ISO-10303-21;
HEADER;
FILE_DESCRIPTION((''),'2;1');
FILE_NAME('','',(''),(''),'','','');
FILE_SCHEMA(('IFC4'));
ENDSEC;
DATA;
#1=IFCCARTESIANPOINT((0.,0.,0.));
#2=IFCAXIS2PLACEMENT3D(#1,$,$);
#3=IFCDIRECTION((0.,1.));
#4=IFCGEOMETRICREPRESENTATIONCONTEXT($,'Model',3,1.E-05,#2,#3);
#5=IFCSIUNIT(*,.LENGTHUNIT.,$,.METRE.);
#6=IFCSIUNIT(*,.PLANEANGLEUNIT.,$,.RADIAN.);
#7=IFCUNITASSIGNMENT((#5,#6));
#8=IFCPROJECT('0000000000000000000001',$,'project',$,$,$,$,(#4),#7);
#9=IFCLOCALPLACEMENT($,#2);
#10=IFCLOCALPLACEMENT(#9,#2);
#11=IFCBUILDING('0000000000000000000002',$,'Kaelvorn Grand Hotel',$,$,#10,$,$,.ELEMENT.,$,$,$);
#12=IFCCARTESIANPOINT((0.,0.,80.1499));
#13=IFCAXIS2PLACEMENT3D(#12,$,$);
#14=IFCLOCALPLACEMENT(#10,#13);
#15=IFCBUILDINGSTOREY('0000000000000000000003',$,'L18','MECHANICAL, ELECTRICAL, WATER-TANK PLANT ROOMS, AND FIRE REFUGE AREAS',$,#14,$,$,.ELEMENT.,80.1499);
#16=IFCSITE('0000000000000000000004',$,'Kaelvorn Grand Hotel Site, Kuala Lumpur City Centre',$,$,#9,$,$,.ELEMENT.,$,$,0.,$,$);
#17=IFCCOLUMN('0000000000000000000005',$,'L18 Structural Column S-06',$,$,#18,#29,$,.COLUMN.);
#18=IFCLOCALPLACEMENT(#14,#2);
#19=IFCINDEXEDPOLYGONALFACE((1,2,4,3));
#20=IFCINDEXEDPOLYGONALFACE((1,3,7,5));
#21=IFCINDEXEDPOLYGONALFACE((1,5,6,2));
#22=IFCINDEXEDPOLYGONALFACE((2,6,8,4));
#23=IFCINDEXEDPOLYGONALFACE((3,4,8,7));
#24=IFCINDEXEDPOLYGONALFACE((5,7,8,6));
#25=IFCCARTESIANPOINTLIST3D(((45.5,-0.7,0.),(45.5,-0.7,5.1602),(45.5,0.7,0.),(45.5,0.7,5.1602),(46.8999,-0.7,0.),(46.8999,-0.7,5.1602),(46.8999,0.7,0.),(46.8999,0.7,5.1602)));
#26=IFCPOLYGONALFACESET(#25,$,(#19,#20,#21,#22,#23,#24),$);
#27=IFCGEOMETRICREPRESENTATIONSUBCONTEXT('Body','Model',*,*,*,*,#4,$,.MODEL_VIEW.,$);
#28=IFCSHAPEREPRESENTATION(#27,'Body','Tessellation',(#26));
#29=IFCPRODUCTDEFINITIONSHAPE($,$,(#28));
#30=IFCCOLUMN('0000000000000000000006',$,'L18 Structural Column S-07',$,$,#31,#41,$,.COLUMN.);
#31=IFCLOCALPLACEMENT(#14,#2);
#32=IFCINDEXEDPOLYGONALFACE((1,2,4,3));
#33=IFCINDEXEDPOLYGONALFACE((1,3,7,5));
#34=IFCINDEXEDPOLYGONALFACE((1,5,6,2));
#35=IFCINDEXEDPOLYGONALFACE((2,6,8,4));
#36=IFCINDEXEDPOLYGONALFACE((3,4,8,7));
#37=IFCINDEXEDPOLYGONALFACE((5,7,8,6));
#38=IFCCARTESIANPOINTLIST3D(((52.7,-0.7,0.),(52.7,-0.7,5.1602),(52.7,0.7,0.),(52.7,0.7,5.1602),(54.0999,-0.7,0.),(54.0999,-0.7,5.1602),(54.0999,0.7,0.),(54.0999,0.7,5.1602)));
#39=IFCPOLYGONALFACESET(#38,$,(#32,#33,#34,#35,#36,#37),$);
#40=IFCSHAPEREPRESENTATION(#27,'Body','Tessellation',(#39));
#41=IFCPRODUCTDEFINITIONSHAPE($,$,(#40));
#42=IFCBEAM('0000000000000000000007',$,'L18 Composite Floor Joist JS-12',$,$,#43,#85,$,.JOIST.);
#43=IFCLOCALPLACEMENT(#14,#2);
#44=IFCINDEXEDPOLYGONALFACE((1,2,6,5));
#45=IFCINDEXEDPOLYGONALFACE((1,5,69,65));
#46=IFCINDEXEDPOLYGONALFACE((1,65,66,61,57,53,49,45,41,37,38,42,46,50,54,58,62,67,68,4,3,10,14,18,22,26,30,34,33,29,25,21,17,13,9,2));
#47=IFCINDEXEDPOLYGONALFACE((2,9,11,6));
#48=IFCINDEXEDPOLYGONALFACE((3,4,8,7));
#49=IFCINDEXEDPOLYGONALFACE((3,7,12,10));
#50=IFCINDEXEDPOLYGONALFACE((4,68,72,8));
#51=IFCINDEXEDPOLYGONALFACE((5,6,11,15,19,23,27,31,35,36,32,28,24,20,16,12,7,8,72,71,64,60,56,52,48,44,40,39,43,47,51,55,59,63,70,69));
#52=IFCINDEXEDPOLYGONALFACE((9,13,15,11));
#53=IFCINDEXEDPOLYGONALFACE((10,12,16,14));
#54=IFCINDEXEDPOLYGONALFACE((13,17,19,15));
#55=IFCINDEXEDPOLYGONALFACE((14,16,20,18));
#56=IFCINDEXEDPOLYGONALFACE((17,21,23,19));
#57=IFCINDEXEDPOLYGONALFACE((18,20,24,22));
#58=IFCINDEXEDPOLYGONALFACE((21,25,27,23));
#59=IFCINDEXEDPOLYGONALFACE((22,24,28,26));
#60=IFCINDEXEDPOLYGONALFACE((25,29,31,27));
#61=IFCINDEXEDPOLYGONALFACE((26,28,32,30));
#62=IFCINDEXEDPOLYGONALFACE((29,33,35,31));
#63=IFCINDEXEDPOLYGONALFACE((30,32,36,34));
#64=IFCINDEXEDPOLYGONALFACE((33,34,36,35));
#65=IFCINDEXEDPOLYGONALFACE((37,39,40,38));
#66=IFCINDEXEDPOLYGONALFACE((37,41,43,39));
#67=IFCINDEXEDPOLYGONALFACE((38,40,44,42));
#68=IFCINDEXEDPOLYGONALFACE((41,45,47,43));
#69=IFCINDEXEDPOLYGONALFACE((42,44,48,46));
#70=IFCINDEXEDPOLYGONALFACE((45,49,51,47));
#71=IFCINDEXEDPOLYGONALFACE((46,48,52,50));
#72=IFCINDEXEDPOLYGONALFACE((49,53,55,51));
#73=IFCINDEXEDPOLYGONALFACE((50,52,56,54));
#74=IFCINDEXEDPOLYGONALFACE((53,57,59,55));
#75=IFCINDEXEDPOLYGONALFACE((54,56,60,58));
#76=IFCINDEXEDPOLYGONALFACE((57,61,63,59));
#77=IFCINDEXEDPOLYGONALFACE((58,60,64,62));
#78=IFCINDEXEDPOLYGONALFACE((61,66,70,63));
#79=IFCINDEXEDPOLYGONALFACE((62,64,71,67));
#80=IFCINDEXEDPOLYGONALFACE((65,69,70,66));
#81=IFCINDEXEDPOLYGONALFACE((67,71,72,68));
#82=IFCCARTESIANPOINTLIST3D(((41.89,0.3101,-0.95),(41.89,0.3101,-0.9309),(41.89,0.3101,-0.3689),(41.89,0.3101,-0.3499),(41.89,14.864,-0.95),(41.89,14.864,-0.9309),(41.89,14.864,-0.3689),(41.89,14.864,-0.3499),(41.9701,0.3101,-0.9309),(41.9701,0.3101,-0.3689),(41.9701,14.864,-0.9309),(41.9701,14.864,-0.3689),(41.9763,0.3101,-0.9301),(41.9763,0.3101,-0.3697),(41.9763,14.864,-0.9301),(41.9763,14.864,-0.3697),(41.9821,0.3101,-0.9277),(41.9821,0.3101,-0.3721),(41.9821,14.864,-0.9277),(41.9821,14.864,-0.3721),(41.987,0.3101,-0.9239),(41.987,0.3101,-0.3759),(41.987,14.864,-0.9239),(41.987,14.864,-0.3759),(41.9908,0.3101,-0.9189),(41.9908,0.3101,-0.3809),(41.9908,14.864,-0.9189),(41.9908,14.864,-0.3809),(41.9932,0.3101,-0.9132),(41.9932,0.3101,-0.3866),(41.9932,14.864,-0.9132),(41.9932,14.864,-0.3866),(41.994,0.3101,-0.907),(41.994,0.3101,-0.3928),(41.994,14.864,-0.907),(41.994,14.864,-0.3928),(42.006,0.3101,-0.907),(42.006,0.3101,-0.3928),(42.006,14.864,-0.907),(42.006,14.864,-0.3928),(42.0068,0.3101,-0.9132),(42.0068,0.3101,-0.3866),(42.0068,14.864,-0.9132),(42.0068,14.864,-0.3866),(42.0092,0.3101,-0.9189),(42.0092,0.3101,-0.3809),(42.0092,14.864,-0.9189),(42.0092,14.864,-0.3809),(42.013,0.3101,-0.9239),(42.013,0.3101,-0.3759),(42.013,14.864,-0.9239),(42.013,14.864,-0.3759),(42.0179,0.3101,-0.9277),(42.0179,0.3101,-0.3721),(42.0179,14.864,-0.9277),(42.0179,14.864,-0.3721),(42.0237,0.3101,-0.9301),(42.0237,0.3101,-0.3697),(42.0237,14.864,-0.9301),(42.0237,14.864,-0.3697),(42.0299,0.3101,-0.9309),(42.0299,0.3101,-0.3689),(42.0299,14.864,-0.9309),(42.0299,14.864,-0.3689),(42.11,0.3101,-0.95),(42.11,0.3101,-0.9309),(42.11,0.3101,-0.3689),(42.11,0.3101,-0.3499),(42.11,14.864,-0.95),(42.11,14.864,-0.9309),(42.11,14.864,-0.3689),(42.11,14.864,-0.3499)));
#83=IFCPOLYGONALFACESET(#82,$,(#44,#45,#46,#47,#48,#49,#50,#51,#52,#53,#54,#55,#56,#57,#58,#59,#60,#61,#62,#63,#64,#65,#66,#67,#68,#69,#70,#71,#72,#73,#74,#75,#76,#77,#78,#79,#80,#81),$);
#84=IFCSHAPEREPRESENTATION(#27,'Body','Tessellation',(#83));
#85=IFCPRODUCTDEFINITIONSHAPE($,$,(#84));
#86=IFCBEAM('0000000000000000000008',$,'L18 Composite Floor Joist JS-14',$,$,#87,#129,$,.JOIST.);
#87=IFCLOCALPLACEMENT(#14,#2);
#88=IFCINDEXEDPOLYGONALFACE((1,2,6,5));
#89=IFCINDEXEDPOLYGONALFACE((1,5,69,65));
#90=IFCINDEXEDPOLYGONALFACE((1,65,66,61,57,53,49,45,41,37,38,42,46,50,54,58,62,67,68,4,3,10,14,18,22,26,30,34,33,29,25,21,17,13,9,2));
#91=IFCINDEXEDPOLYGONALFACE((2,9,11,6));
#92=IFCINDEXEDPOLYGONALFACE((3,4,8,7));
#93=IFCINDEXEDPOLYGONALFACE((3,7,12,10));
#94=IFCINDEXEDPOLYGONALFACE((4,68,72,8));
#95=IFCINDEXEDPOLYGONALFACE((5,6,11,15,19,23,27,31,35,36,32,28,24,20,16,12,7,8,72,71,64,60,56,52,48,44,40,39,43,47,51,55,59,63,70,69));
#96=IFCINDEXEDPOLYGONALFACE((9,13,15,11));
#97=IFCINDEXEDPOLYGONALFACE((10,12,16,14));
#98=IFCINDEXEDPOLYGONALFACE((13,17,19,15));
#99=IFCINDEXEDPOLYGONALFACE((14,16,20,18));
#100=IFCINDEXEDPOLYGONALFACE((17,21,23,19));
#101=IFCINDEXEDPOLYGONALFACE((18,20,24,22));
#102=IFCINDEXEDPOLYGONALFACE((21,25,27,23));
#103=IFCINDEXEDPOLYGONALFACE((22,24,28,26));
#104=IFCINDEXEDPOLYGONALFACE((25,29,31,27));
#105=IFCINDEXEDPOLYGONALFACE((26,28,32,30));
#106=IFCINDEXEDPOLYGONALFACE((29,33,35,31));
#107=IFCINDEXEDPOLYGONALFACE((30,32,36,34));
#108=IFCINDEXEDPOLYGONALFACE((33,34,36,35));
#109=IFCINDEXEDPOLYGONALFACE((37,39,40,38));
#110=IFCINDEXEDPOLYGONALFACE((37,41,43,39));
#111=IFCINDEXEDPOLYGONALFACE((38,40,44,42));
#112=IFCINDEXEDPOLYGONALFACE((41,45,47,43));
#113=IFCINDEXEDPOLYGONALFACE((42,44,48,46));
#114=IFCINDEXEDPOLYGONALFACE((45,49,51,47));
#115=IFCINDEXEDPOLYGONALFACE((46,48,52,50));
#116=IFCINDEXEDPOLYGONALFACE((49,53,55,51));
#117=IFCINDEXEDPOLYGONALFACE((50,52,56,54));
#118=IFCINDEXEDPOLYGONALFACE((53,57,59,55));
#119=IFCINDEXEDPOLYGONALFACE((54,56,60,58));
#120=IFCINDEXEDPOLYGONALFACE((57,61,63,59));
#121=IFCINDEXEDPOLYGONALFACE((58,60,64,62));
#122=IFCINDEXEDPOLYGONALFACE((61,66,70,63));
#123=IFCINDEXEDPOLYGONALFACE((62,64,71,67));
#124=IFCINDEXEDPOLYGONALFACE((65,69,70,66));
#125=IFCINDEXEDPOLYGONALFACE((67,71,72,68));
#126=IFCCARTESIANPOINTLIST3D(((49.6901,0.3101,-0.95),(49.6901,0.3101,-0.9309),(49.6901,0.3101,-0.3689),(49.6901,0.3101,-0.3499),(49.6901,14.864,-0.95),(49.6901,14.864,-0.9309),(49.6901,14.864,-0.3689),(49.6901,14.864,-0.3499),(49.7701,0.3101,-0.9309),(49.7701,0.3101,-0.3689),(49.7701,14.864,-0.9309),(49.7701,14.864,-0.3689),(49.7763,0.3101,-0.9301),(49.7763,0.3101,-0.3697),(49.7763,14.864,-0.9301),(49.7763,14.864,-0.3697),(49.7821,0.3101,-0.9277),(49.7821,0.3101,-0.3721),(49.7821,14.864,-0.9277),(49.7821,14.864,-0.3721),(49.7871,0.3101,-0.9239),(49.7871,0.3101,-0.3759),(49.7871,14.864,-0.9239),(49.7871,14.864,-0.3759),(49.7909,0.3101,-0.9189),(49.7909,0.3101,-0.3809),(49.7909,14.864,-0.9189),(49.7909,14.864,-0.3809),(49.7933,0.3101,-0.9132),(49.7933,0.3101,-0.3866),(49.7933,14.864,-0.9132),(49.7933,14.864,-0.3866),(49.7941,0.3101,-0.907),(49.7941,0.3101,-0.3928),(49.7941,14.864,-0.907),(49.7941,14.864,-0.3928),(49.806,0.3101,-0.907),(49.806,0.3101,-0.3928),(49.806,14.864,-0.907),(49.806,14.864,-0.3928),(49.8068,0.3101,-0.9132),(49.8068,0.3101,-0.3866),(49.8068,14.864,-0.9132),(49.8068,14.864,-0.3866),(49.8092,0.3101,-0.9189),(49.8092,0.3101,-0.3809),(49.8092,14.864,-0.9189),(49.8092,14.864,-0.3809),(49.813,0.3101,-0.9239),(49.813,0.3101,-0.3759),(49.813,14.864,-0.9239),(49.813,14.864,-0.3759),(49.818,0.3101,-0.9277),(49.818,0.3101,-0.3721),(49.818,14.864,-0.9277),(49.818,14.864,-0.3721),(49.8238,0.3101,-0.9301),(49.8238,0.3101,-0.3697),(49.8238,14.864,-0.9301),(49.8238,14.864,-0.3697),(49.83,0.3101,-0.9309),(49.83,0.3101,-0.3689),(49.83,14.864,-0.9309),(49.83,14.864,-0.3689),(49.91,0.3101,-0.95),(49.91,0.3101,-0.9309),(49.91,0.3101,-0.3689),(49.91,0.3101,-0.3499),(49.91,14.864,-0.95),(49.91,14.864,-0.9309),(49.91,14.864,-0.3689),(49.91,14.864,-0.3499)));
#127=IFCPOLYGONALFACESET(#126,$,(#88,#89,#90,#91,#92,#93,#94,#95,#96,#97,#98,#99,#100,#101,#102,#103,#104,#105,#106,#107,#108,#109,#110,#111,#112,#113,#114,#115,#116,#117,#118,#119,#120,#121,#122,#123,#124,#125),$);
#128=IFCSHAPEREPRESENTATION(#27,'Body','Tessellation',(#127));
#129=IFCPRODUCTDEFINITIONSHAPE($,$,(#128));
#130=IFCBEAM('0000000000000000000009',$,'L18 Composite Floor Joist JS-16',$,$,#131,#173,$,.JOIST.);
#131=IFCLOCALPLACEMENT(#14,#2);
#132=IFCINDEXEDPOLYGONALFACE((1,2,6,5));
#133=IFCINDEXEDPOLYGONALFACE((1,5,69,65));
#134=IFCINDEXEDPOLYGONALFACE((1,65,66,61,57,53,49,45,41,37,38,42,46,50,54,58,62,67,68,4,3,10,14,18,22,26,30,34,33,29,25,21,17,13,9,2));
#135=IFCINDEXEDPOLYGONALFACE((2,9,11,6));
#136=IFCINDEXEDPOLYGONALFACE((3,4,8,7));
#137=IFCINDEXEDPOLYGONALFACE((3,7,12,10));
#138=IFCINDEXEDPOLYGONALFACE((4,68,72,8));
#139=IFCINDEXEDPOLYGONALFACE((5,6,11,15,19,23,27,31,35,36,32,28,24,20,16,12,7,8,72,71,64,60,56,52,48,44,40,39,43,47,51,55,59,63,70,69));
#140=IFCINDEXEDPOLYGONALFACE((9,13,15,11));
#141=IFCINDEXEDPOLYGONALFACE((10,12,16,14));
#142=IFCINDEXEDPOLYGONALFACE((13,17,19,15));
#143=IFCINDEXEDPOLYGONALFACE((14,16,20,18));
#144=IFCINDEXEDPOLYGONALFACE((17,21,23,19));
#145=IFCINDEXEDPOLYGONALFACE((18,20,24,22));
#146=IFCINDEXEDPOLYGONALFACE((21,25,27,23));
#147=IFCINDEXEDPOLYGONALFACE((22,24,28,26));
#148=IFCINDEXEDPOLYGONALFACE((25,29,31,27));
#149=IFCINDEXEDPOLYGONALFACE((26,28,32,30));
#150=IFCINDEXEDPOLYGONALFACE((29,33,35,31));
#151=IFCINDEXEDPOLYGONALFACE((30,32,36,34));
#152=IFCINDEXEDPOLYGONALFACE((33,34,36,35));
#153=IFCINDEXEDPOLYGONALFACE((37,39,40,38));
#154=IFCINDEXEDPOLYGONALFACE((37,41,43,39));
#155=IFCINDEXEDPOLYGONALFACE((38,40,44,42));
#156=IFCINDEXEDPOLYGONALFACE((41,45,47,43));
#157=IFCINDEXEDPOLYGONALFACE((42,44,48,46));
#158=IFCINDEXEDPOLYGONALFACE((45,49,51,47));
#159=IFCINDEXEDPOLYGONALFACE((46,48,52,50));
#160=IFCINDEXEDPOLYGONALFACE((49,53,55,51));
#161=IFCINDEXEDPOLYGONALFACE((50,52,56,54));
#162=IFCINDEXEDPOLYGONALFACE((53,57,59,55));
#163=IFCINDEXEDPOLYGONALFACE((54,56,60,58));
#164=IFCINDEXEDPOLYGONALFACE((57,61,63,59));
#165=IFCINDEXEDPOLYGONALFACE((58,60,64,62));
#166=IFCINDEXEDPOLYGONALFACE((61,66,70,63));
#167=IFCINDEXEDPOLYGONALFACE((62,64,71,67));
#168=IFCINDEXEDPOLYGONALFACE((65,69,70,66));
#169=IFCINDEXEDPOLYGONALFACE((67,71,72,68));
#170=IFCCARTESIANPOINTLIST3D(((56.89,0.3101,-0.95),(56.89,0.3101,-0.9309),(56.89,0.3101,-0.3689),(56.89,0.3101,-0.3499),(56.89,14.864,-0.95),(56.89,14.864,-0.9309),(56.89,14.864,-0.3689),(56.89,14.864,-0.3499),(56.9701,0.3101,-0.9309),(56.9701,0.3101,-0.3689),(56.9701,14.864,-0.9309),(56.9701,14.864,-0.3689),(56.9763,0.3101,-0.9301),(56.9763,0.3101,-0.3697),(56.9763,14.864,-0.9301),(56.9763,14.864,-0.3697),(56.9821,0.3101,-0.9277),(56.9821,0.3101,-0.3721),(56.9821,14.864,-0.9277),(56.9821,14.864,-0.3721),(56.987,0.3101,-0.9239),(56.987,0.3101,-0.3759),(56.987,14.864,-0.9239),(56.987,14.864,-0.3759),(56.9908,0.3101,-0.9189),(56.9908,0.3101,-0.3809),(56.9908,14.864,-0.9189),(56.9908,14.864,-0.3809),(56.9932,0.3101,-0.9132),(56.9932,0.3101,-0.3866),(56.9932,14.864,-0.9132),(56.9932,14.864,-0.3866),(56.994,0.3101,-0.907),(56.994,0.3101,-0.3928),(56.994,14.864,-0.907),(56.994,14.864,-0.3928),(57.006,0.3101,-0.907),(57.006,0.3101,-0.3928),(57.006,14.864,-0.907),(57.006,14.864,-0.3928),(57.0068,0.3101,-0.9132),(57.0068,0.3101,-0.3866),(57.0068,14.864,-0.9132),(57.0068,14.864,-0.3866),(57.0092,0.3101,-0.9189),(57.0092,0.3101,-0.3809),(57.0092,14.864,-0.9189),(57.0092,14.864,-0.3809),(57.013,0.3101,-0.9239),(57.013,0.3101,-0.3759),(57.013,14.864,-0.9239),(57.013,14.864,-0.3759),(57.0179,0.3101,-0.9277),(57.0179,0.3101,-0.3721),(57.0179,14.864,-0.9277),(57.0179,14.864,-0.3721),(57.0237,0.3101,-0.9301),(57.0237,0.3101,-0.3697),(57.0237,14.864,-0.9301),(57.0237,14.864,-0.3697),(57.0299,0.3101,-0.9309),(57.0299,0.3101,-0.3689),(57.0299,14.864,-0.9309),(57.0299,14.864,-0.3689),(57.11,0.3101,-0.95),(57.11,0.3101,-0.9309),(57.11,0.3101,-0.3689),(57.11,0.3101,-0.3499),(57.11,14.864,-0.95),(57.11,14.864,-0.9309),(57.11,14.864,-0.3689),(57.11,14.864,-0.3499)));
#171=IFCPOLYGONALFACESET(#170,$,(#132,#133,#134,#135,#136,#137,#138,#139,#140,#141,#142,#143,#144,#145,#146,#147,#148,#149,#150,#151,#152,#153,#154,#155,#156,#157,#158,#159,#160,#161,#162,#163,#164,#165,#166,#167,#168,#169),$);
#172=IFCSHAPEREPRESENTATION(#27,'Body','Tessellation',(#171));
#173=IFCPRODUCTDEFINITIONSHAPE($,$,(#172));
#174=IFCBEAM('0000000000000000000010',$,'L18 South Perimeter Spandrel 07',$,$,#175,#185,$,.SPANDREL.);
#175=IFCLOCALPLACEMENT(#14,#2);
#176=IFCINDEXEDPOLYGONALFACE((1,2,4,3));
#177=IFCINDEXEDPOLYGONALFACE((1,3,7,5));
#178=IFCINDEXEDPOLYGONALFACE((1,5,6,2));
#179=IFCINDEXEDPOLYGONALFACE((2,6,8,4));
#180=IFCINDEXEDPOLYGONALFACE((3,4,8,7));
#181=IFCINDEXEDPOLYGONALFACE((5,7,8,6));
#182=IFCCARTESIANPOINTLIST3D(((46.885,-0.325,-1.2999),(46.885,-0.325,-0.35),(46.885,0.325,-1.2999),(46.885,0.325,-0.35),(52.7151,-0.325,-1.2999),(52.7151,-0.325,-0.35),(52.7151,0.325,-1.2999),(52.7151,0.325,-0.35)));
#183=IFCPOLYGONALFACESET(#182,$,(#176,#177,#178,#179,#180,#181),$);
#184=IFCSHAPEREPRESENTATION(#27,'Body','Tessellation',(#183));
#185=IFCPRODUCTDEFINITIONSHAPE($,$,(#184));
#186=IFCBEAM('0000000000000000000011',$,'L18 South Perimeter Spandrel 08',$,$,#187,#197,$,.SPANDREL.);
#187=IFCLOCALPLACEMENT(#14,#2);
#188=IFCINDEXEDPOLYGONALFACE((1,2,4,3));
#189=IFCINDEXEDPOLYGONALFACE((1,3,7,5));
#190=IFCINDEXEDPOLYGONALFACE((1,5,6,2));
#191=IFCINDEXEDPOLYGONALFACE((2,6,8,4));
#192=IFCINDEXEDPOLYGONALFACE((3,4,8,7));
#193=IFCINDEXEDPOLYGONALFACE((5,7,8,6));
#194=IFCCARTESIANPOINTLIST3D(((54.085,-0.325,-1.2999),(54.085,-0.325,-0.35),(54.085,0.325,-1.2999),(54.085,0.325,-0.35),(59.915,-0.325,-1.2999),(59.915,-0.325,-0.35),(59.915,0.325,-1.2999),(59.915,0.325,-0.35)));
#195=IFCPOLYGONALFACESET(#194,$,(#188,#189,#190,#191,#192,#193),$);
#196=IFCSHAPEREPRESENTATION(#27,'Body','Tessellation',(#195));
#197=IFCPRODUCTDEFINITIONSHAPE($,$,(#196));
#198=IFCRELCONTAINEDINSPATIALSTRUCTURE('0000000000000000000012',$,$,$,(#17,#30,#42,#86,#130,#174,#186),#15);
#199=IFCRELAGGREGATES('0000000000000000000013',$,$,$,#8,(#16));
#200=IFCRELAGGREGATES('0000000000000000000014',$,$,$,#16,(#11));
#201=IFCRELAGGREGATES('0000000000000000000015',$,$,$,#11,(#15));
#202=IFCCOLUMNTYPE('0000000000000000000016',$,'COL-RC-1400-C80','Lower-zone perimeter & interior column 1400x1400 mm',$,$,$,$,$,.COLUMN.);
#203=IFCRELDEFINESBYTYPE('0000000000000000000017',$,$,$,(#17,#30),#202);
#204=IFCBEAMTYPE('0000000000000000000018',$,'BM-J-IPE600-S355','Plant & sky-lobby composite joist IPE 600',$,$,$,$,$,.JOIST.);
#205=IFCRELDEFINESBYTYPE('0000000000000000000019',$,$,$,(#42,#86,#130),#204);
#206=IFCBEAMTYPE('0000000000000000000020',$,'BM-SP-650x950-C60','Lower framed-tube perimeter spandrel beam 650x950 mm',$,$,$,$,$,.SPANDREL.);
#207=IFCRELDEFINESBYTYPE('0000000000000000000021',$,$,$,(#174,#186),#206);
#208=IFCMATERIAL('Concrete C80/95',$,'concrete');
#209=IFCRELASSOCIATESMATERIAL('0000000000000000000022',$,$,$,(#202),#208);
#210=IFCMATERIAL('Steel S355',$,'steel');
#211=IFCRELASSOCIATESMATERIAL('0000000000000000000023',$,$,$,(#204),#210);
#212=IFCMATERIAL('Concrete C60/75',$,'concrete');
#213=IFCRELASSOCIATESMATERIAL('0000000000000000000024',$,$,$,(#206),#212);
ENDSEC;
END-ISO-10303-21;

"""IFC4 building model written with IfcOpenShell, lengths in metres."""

from ifc_helpers import new_model, si_unit, direction, frame, origin, origin_2d, place, context, subcontext, project, spatial, rectangle, i_section, extrude, material, material_profile, profile_set, type_object, element, save


model = new_model("IFC4")

# Units and contexts
model_context = context("Model", 3, precision=1e-05, world=origin(), true_north=direction((0.0, 1.0)))
body_context = subcontext(model_context, "Body", "Model", "MODEL_VIEW")
ifc_project = project(units=[si_unit("LENGTHUNIT", "METRE"), si_unit("PLANEANGLEUNIT", "RADIAN")], contexts=[model_context])

# Site, building, storey
site_placement = place(None, origin())
site = spatial("IfcSite", under=ifc_project, at=site_placement, Name="Kaelvorn Grand Hotel Site, Kuala Lumpur City Centre", CompositionType="ELEMENT", RefElevation=0.0)
building_placement = place(site_placement, origin())
building = spatial("IfcBuilding", under=site, at=building_placement, Name="Kaelvorn Grand Hotel", CompositionType="ELEMENT")
storey_placement = place(building_placement, frame((0.0, 0.0, 80.1499)))
storey = spatial("IfcBuildingStorey", under=building, at=storey_placement, Name="L18", Description="MECHANICAL, ELECTRICAL, WATER-TANK PLANT ROOMS, AND FIRE REFUGE AREAS", CompositionType="ELEMENT", Elevation=80.1499)

# Columns
ifc_material_1 = material(Name="Concrete C80/95", Category="concrete")
ifc_material_profile_1 = material_profile(ifc_material_1, rectangle(XDim=1.3999, YDim=1.3999, at=origin_2d()), Name="RC COL 1400x1400")
ifc_profile_set_1 = profile_set([ifc_material_profile_1], Name="Concrete C80/95")
column_type = type_object("IfcColumnType", Name="COL-RC-1400-C80", Description="Lower-zone perimeter & interior column 1400x1400 mm", PredefinedType="COLUMN", material=ifc_profile_set_1)
for number, where, z_axis, x_axis, name in (
    (1, (46.2, 0.0, 0.0), (0.0, 0.0, 1.0), (1.0, 0.0, 0.0), "L18 Structural Column S-06"),
    (2, (53.3999, 0.0, 0.0), (0.0, 0.0, 1.0), (1.0, 0.0, 0.0), "L18 Structural Column S-07"),
):
    element("IfcColumn", number, at=place(storey_placement, frame(where, z_axis=z_axis, x_axis=x_axis)), inside=storey, type_object=column_type, Name=name, PredefinedType="COLUMN", context=body_context, shape_type="SweptSolid", body=[
        extrude(rectangle(XDim=1.3999, YDim=1.3999, at=origin_2d()), origin(), (0.0, 0.0, 1.0), 5.1602),
    ])

# Beams
ifc_material_2 = material(Name="Steel S355", Category="steel")
ifc_material_profile_2 = material_profile(ifc_material_2, i_section(OverallWidth=0.22, OverallDepth=0.6001, WebThickness=0.012, FlangeThickness=0.019, FilletRadius=0.0239, at=origin_2d()), Name="IPE 600")
ifc_profile_set_2 = profile_set([ifc_material_profile_2], Name="Steel S355")
beam_type_1 = type_object("IfcBeamType", Name="BM-J-IPE600-S355", Description="Plant & sky-lobby composite joist IPE 600", PredefinedType="JOIST", material=ifc_profile_set_2)
for number, where, z_axis, x_axis, name in (
    (3, (42.0, 0.3101, -0.6499), (0.0, 1.0, 0.0), (-1.0, 0.0, 0.0), "L18 Composite Floor Joist JS-12"),
    (4, (49.8, 0.3101, -0.6499), (0.0, 1.0, 0.0), (-1.0, 0.0, 0.0), "L18 Composite Floor Joist JS-14"),
    (5, (57.0, 0.3101, -0.6499), (0.0, 1.0, 0.0), (-1.0, 0.0, 0.0), "L18 Composite Floor Joist JS-16"),
):
    element("IfcBeam", number, at=place(storey_placement, frame(where, z_axis=z_axis, x_axis=x_axis)), inside=storey, type_object=beam_type_1, Name=name, PredefinedType="JOIST", context=body_context, shape_type="SweptSolid", body=[
        extrude(i_section(OverallWidth=0.22, OverallDepth=0.6001, WebThickness=0.012, FlangeThickness=0.019, FilletRadius=0.0239, at=origin_2d()), origin(), (0.0, 0.0, 1.0), 14.554),
    ])
ifc_material_3 = material(Name="Concrete C60/75", Category="concrete")
ifc_material_profile_3 = material_profile(ifc_material_3, rectangle(XDim=0.6499, YDim=0.95, at=origin_2d()), Name="RC SPANDREL 650x950")
ifc_profile_set_3 = profile_set([ifc_material_profile_3], Name="Concrete C60/75")
beam_type_2 = type_object("IfcBeamType", Name="BM-SP-650x950-C60", Description="Lower framed-tube perimeter spandrel beam 650x950 mm", PredefinedType="SPANDREL", material=ifc_profile_set_3)
for number, where, z_axis, x_axis, name in (
    (6, (46.885, 0.0, -0.825), (1.0, 0.0, 0.0), (0.0, 1.0, 0.0), "L18 South Perimeter Spandrel 07"),
    (7, (54.085, 0.0, -0.825), (1.0, 0.0, 0.0), (0.0, 1.0, 0.0), "L18 South Perimeter Spandrel 08"),
):
    element("IfcBeam", number, at=place(storey_placement, frame(where, z_axis=z_axis, x_axis=x_axis)), inside=storey, type_object=beam_type_2, Name=name, PredefinedType="SPANDREL", context=body_context, shape_type="SweptSolid", body=[
        extrude(rectangle(XDim=0.6499, YDim=0.95, at=origin_2d()), origin(), (0.0, 0.0, 1.0), 5.8301),
    ])

save(model, "model.ifc")
